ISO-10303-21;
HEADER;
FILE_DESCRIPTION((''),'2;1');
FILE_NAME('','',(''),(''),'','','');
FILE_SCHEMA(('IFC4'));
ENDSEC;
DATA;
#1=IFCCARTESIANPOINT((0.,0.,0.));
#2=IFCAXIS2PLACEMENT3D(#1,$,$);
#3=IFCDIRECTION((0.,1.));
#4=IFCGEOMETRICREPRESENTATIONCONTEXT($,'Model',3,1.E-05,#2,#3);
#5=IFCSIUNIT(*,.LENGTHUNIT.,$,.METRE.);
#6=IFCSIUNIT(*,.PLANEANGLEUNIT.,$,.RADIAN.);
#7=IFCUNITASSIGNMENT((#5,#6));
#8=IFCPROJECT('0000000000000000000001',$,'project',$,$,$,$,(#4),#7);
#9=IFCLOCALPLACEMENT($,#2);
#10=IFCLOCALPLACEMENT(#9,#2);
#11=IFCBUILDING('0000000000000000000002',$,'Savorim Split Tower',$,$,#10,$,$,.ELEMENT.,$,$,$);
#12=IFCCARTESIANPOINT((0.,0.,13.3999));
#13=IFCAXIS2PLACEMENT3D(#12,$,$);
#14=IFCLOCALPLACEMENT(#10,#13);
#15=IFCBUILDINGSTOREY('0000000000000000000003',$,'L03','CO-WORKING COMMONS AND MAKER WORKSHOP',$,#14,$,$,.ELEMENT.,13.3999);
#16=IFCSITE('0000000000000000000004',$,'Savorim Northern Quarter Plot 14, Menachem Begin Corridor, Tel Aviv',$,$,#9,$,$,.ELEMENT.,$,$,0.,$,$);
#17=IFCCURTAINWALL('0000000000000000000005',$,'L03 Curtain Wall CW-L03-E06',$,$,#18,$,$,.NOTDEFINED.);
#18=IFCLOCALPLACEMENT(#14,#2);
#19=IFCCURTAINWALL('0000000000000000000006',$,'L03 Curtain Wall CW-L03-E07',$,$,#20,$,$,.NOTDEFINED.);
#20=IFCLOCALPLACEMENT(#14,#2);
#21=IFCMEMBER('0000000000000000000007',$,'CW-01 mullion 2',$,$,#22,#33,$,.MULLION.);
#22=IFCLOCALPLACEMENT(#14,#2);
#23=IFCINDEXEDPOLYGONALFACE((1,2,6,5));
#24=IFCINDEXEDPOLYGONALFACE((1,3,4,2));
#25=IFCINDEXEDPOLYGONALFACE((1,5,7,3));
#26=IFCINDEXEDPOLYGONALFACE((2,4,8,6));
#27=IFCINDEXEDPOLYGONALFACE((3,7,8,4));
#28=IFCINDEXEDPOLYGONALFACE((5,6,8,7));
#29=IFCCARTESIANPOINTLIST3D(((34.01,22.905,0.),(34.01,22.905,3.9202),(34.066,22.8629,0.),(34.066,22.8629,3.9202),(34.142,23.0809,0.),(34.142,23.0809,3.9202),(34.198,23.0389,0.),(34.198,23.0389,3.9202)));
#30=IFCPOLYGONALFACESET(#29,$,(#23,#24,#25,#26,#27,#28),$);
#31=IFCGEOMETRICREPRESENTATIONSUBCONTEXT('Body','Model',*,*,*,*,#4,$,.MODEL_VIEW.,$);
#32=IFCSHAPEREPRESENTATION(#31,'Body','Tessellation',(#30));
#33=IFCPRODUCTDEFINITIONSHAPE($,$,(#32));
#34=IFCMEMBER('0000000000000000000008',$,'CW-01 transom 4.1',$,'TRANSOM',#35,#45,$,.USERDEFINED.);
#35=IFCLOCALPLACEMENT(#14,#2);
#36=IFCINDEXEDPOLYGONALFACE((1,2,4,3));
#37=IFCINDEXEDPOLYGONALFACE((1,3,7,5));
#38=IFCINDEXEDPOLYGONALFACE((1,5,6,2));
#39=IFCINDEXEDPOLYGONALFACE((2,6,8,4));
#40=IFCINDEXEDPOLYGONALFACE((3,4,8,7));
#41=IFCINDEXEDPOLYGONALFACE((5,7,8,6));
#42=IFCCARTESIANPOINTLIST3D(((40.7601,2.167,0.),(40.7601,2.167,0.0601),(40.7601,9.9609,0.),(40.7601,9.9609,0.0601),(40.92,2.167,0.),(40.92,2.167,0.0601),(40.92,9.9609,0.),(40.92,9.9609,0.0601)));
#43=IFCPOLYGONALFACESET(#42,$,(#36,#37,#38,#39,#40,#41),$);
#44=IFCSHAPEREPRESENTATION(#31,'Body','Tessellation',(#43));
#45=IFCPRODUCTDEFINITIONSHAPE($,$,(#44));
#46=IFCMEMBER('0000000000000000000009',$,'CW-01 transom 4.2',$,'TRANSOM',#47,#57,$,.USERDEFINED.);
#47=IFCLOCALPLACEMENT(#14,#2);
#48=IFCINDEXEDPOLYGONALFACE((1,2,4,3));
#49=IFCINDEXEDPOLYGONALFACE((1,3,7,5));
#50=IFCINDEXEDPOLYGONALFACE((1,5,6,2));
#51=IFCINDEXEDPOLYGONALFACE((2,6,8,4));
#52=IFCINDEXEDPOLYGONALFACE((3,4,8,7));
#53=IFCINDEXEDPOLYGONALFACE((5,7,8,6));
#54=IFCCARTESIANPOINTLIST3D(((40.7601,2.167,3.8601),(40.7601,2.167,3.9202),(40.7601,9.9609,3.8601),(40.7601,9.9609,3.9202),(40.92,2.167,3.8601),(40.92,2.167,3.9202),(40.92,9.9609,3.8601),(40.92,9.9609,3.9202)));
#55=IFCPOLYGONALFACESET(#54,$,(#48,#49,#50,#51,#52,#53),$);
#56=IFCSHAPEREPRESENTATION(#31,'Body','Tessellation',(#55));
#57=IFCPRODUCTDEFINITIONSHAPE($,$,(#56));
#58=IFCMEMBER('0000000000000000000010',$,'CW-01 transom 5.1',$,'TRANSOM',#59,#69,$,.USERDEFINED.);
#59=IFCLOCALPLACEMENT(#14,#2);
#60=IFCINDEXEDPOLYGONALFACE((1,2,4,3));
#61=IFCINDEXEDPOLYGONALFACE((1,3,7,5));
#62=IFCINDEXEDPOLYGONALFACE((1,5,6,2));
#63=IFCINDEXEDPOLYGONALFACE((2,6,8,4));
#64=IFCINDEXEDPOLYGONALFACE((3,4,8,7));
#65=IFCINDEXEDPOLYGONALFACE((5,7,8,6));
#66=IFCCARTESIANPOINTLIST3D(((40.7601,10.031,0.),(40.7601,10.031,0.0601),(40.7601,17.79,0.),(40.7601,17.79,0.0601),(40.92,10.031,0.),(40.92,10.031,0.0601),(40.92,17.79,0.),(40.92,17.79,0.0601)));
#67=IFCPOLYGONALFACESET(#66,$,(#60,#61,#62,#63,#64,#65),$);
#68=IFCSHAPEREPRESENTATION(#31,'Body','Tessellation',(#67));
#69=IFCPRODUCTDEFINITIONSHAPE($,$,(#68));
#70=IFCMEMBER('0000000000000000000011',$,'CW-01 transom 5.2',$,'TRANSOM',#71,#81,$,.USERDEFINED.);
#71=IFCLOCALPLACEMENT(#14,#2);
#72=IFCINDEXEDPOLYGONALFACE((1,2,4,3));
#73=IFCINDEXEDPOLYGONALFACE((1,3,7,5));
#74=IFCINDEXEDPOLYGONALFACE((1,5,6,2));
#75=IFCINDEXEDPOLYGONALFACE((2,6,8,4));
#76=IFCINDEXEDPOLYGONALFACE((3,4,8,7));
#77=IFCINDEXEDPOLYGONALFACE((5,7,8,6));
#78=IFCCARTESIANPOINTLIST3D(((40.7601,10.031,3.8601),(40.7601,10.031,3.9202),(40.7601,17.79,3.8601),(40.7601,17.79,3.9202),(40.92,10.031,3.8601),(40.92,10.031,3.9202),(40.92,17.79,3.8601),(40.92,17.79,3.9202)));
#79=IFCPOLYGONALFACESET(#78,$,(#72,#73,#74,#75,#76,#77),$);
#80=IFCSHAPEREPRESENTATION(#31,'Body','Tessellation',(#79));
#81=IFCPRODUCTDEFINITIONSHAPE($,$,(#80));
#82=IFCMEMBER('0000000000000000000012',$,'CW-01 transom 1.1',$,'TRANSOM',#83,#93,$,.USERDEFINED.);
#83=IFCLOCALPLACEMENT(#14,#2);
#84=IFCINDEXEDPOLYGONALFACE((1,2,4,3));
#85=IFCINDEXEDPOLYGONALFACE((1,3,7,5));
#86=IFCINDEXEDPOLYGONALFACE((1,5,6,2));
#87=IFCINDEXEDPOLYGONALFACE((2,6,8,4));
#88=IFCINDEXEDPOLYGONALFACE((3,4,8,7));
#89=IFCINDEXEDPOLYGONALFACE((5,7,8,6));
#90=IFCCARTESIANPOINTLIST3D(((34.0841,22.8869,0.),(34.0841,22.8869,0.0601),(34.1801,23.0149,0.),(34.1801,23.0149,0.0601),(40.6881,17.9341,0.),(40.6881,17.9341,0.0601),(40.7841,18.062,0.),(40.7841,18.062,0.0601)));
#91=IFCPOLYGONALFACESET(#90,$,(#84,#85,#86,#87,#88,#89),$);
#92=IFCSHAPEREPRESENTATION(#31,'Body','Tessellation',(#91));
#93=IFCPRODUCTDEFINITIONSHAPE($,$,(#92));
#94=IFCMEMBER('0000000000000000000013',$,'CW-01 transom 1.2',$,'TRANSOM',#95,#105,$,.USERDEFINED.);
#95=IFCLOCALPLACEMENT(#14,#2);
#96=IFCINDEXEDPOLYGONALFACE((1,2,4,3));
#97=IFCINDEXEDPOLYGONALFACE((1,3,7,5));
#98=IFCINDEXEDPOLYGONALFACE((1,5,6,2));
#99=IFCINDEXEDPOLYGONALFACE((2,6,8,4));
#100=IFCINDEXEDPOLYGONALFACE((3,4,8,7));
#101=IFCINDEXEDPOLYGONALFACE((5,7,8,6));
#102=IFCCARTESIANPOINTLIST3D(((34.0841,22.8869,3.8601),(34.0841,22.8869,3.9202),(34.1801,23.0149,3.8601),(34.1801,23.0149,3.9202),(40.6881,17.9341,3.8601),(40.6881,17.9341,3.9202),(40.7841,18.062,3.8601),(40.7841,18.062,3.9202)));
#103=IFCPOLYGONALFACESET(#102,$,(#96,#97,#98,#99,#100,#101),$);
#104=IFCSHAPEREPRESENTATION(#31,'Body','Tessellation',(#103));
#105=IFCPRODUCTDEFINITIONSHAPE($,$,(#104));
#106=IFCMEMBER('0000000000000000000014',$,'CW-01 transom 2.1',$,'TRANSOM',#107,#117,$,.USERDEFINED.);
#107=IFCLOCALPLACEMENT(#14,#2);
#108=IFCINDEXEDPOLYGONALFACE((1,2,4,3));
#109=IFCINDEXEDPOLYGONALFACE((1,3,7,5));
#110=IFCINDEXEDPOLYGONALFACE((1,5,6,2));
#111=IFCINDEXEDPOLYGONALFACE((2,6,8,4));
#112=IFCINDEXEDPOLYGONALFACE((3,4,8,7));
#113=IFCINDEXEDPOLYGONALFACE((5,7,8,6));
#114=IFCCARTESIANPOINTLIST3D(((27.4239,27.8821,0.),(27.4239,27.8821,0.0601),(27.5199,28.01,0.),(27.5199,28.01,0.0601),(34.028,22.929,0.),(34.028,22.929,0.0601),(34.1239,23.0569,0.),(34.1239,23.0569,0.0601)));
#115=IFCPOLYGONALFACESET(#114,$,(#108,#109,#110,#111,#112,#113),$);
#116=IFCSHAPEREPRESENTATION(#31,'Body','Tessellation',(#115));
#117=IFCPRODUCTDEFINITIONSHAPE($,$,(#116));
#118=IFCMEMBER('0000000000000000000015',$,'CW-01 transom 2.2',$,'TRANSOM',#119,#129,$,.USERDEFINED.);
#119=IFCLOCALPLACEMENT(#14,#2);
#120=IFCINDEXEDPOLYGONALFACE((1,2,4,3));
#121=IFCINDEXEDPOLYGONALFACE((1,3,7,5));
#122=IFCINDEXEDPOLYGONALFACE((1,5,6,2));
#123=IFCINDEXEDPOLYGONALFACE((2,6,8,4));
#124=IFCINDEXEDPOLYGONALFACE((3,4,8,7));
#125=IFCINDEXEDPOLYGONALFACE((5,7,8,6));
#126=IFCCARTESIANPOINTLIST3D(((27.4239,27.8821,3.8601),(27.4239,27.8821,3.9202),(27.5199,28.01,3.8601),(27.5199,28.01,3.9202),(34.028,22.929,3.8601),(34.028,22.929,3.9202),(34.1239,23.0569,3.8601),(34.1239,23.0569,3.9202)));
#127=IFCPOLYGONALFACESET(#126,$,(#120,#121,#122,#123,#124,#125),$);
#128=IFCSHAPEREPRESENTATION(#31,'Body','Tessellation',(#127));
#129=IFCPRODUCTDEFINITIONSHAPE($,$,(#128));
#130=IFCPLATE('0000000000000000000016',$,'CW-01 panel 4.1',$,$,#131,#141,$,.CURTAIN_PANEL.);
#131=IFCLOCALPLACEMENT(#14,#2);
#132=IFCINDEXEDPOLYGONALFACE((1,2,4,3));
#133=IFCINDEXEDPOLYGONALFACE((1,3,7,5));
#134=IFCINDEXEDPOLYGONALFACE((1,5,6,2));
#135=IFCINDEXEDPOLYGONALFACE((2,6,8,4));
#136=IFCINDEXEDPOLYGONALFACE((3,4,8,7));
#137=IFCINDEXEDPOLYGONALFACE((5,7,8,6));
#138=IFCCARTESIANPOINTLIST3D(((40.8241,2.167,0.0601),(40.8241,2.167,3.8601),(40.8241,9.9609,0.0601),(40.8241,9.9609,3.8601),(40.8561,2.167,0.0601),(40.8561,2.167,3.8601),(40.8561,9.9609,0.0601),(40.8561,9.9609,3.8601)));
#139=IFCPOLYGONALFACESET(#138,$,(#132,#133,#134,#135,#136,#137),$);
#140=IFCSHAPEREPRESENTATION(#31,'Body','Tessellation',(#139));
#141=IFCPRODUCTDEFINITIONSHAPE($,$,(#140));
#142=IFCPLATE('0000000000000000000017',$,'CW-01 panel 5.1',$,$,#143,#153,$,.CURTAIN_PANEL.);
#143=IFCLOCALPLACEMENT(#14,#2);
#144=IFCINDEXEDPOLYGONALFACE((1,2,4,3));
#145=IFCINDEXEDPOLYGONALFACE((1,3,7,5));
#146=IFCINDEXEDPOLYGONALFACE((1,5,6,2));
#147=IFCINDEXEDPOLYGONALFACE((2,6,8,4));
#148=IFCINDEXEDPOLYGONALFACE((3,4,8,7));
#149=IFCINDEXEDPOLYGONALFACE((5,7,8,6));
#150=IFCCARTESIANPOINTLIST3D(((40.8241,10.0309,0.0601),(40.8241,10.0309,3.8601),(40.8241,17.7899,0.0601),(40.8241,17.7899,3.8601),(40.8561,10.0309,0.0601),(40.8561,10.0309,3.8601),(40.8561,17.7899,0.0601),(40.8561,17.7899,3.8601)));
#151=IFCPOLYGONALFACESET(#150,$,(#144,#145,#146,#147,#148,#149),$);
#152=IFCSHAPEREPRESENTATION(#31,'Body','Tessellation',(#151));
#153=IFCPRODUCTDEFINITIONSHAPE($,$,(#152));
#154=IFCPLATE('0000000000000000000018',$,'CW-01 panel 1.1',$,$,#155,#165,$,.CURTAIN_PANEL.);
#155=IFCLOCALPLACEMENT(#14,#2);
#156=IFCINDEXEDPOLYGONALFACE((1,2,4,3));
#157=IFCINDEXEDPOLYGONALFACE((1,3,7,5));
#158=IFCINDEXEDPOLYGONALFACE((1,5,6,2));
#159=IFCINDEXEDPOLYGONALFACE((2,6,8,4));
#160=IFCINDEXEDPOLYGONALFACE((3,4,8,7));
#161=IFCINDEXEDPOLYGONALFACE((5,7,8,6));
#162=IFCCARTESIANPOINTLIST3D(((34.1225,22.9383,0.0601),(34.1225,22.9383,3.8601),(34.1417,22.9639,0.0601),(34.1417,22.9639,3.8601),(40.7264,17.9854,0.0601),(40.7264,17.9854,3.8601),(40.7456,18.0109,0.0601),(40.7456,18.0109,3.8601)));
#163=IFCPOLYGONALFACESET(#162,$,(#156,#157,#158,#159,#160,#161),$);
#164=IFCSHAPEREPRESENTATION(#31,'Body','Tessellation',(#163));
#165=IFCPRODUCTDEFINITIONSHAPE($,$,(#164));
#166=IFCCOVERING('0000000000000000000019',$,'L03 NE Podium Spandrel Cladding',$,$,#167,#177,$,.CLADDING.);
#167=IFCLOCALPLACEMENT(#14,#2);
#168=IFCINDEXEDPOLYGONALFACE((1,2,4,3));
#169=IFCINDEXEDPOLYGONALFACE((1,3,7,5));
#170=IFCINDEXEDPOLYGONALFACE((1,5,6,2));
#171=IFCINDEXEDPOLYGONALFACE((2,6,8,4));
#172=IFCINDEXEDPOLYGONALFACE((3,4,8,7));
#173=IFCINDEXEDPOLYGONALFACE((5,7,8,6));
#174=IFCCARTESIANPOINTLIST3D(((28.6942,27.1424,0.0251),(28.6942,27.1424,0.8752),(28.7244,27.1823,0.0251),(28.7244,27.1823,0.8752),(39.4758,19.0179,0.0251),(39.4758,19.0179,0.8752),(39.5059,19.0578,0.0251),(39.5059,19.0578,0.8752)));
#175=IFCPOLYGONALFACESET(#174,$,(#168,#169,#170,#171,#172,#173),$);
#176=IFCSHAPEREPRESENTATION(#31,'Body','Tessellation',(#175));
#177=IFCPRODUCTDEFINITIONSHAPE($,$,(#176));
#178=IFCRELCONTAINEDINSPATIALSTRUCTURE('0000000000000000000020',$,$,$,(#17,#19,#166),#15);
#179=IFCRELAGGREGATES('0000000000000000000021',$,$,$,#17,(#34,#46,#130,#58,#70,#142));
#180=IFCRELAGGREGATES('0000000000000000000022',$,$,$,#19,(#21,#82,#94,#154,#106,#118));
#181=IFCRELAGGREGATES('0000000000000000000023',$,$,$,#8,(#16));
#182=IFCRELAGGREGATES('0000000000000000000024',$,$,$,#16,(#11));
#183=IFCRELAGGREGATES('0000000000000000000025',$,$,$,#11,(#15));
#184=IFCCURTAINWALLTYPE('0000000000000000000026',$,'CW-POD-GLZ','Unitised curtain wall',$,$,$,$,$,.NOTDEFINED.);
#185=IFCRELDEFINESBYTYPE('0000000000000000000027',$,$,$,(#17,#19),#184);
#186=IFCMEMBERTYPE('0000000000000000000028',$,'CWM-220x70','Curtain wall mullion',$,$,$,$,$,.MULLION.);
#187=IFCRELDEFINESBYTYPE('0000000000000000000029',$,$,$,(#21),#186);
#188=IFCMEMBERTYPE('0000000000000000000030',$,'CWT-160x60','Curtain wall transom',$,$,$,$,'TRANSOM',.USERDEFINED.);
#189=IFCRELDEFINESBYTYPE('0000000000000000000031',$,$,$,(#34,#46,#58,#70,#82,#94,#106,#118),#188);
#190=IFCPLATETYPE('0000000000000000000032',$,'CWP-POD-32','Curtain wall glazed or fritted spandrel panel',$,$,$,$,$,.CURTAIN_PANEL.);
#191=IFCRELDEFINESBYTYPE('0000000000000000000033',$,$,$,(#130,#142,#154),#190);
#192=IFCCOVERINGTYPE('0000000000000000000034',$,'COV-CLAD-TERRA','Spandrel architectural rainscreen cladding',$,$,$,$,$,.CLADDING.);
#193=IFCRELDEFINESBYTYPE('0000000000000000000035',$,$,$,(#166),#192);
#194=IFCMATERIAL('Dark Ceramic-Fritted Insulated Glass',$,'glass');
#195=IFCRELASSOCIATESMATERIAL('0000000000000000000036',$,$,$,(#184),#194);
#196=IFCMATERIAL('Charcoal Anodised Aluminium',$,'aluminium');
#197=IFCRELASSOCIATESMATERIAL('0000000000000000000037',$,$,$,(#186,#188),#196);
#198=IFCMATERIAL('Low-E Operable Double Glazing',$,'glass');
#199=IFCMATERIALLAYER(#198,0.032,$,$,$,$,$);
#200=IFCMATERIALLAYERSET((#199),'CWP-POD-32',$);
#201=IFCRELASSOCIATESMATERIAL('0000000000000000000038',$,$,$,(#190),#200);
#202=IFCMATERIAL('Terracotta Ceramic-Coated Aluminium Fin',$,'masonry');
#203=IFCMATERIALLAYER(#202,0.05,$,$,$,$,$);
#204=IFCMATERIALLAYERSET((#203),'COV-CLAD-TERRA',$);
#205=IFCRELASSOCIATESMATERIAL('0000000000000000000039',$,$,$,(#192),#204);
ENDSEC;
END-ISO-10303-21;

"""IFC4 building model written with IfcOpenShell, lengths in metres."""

from ifc_helpers import new_model, si_unit, direction, frame, origin, origin_2d, place, context, subcontext, project, spatial, rectangle, extrude, material, layer, layer_set, material_profile, profile_set, type_object, element, aggregate, save


model = new_model("IFC4")

# Units and contexts
model_context = context("Model", 3, precision=1e-05, world=origin(), true_north=direction((0.0, 1.0)))
body_context = subcontext(model_context, "Body", "Model", "MODEL_VIEW")
ifc_project = project(units=[si_unit("LENGTHUNIT", "METRE"), si_unit("PLANEANGLEUNIT", "RADIAN")], contexts=[model_context])

# Site, building, storey
site_placement = place(None, origin())
site = spatial("IfcSite", under=ifc_project, at=site_placement, Name="Savorim Northern Quarter Plot 14, Menachem Begin Corridor, Tel Aviv", CompositionType="ELEMENT", RefElevation=0.0)
building_placement = place(site_placement, origin())
building = spatial("IfcBuilding", under=site, at=building_placement, Name="Savorim Split Tower", CompositionType="ELEMENT")
storey_placement = place(building_placement, frame((0.0, 0.0, 13.3999)))
storey = spatial("IfcBuildingStorey", under=building, at=storey_placement, Name="L03", Description="CO-WORKING COMMONS AND MAKER WORKSHOP", CompositionType="ELEMENT", Elevation=13.3999)

# Curtain walls, member
ifc_material_1 = material(Name="Dark Ceramic-Fritted Insulated Glass", Category="glass")
curtain_wall_type = type_object("IfcCurtainWallType", Name="CW-POD-GLZ", Description="Unitised curtain wall", PredefinedType="NOTDEFINED", material=ifc_material_1)
curtain_wall_1_placement = place(storey_placement, origin())
curtain_wall_1 = element("IfcCurtainWall", 1, at=curtain_wall_1_placement, inside=storey, type_object=curtain_wall_type, Name="L03 Curtain Wall CW-L03-E06", PredefinedType="NOTDEFINED")
ifc_material_2 = material(Name="Charcoal Anodised Aluminium", Category="aluminium")
ifc_material_profile_1 = material_profile(ifc_material_2, rectangle(XDim=0.22, YDim=0.0701, at=origin_2d()), Name="ALU-M 220x70")
ifc_profile_set_1 = profile_set([ifc_material_profile_1], Name="Charcoal Anodised Aluminium")
member_type_1 = type_object("IfcMemberType", Name="CWM-220x70", Description="Curtain wall mullion", PredefinedType="MULLION", material=ifc_profile_set_1)
curtain_wall_2_placement = place(storey_placement, origin())
curtain_wall_2 = element("IfcCurtainWall", 2, at=curtain_wall_2_placement, inside=storey, type_object=curtain_wall_type, Name="L03 Curtain Wall CW-L03-E07", PredefinedType="NOTDEFINED")
member_1_placement = place(storey_placement, frame((34.104, 22.9719, 0.0), z_axis=(0.0, 0.0, 1.0), x_axis=(-0.6, -0.8, 0.0)))
member_1 = element("IfcMember", 3, at=member_1_placement, type_object=member_type_1, Name="CW-01 mullion 2", PredefinedType="MULLION", context=body_context, shape_type="SweptSolid", body=[
    extrude(rectangle(XDim=0.22, YDim=0.0701, at=origin_2d()), origin(), (0.0, 0.0, 1.0), 3.9202),
])

# Members
ifc_material_profile_2 = material_profile(ifc_material_2, rectangle(XDim=0.1599, YDim=0.0601, at=origin_2d()), Name="ALU-T 160x60")
ifc_profile_set_2 = profile_set([ifc_material_profile_2], Name="Charcoal Anodised Aluminium")
member_type_2 = type_object("IfcMemberType", Name="CWT-160x60", Description="Curtain wall transom", ElementType="TRANSOM", PredefinedType="USERDEFINED", material=ifc_profile_set_2)
member_2_placement = place(storey_placement, frame((40.8401, 2.167, 0.03), z_axis=(0.0, 1.0, 0.0), x_axis=(-1.0, 0.0, 0.0)))
member_2 = element("IfcMember", 4, at=member_2_placement, type_object=member_type_2, Name="CW-01 transom 4.1", ObjectType="TRANSOM", PredefinedType="USERDEFINED", context=body_context, shape_type="SweptSolid", body=[
    extrude(rectangle(XDim=0.1599, YDim=0.0601, at=origin_2d()), origin(), (0.0, 0.0, 1.0), 7.7939),
])
member_3_placement = place(storey_placement, frame((40.8401, 2.167, 3.8901), z_axis=(0.0, 1.0, 0.0), x_axis=(-1.0, 0.0, 0.0)))
member_3 = element("IfcMember", 5, at=member_3_placement, type_object=member_type_2, Name="CW-01 transom 4.2", ObjectType="TRANSOM", PredefinedType="USERDEFINED", context=body_context, shape_type="SweptSolid", body=[
    extrude(rectangle(XDim=0.1599, YDim=0.0601, at=origin_2d()), origin(), (0.0, 0.0, 1.0), 7.7939),
])
member_4_placement = place(storey_placement, frame((40.8401, 10.031, 0.03), z_axis=(0.0, 1.0, 0.0), x_axis=(-1.0, 0.0, 0.0)))
member_4 = element("IfcMember", 6, at=member_4_placement, type_object=member_type_2, Name="CW-01 transom 5.1", ObjectType="TRANSOM", PredefinedType="USERDEFINED", context=body_context, shape_type="SweptSolid", body=[
    extrude(rectangle(XDim=0.1599, YDim=0.0601, at=origin_2d()), origin(), (0.0, 0.0, 1.0), 7.759),
])
member_5_placement = place(storey_placement, frame((40.8401, 10.031, 3.8901), z_axis=(0.0, 1.0, 0.0), x_axis=(-1.0, 0.0, 0.0)))
member_5 = element("IfcMember", 7, at=member_5_placement, type_object=member_type_2, Name="CW-01 transom 5.2", ObjectType="TRANSOM", PredefinedType="USERDEFINED", context=body_context, shape_type="SweptSolid", body=[
    extrude(rectangle(XDim=0.1599, YDim=0.0601, at=origin_2d()), origin(), (0.0, 0.0, 1.0), 7.759),
])
member_6_placement = place(storey_placement, frame((40.7361, 17.998, 0.03), z_axis=(-0.800007, 0.599991, 0.0), x_axis=(-0.599991, -0.800007, 0.0)))
member_6 = element("IfcMember", 8, at=member_6_placement, type_object=member_type_2, Name="CW-01 transom 1.1", ObjectType="TRANSOM", PredefinedType="USERDEFINED", context=body_context, shape_type="SweptSolid", body=[
    extrude(rectangle(XDim=0.1599, YDim=0.0601, at=origin_2d()), origin(), (0.0, 0.0, 1.0), 8.2549),
])
member_7_placement = place(storey_placement, frame((40.7361, 17.998, 3.8901), z_axis=(-0.800007, 0.599991, 0.0), x_axis=(-0.599991, -0.800007, 0.0)))
member_7 = element("IfcMember", 9, at=member_7_placement, type_object=member_type_2, Name="CW-01 transom 1.2", ObjectType="TRANSOM", PredefinedType="USERDEFINED", context=body_context, shape_type="SweptSolid", body=[
    extrude(rectangle(XDim=0.1599, YDim=0.0601, at=origin_2d()), origin(), (0.0, 0.0, 1.0), 8.2549),
])
member_8_placement = place(storey_placement, frame((34.0759, 22.9929, 0.03), z_axis=(-0.799993, 0.600009, 0.0), x_axis=(-0.600009, -0.799993, 0.0)))
member_8 = element("IfcMember", 10, at=member_8_placement, type_object=member_type_2, Name="CW-01 transom 2.1", ObjectType="TRANSOM", PredefinedType="USERDEFINED", context=body_context, shape_type="SweptSolid", body=[
    extrude(rectangle(XDim=0.1599, YDim=0.0601, at=origin_2d()), origin(), (0.0, 0.0, 1.0), 8.2551),
])
member_9_placement = place(storey_placement, frame((34.0759, 22.9929, 3.8901), z_axis=(-0.799993, 0.600009, 0.0), x_axis=(-0.600009, -0.799993, 0.0)))
member_9 = element("IfcMember", 11, at=member_9_placement, type_object=member_type_2, Name="CW-01 transom 2.2", ObjectType="TRANSOM", PredefinedType="USERDEFINED", context=body_context, shape_type="SweptSolid", body=[
    extrude(rectangle(XDim=0.1599, YDim=0.0601, at=origin_2d()), origin(), (0.0, 0.0, 1.0), 8.2551),
])

# Plates
ifc_material_3 = material(Name="Low-E Operable Double Glazing", Category="glass")
ifc_layer_1 = layer(ifc_material_3, 0.032)
ifc_layer_set_1 = layer_set([ifc_layer_1], Name="CWP-POD-32")
plate_type = type_object("IfcPlateType", Name="CWP-POD-32", Description="Curtain wall glazed or fritted spandrel panel", PredefinedType="CURTAIN_PANEL", material=ifc_layer_set_1)
plate_1_placement = place(storey_placement, frame((40.8401, 6.064, 0.0601), z_axis=(0.0, 0.0, 1.0), x_axis=(0.0, 1.0, 0.0)))
plate_1 = element("IfcPlate", 12, at=plate_1_placement, type_object=plate_type, Name="CW-01 panel 4.1", PredefinedType="CURTAIN_PANEL", context=body_context, shape_type="SweptSolid", body=[
    extrude(rectangle(XDim=7.7939, YDim=0.032, at=origin_2d()), origin(), (0.0, 0.0, 1.0), 3.8),
])
plate_2_placement = place(storey_placement, frame((40.8401, 13.9104, 0.0601), z_axis=(0.0, 0.0, 1.0), x_axis=(0.0, 1.0, 0.0)))
plate_2 = element("IfcPlate", 13, at=plate_2_placement, type_object=plate_type, Name="CW-01 panel 5.1", PredefinedType="CURTAIN_PANEL", context=body_context, shape_type="SweptSolid", body=[
    extrude(rectangle(XDim=7.759, YDim=0.032, at=origin_2d()), origin(), (0.0, 0.0, 1.0), 3.8),
])
aggregate(curtain_wall_1, [member_2, member_3, plate_1, member_4, member_5, plate_2])
plate_3_placement = place(storey_placement, frame((37.4341, 20.4746, 0.0601), z_axis=(0.0, 0.0, 1.0), x_axis=(-0.8, 0.6, 0.0)))
plate_3 = element("IfcPlate", 14, at=plate_3_placement, type_object=plate_type, Name="CW-01 panel 1.1", PredefinedType="CURTAIN_PANEL", context=body_context, shape_type="SweptSolid", body=[
    extrude(rectangle(XDim=8.2549, YDim=0.032, at=origin_2d()), origin(), (0.0, 0.0, 1.0), 3.8),
])
aggregate(curtain_wall_2, [member_1, member_6, member_7, plate_3, member_8, member_9])

# Covering
ifc_material_4 = material(Name="Terracotta Ceramic-Coated Aluminium Fin", Category="masonry")
ifc_layer_2 = layer(ifc_material_4, 0.05)
ifc_layer_set_2 = layer_set([ifc_layer_2], Name="COV-CLAD-TERRA")
covering_type = type_object("IfcCoveringType", Name="COV-CLAD-TERRA", Description="Spandrel architectural rainscreen cladding", PredefinedType="CLADDING", material=ifc_layer_set_2)
covering_placement = place(storey_placement, frame((34.1001, 23.1001, 0.0251), z_axis=(0.0, 0.0, 1.0), x_axis=(-0.798636, 0.601815, 0.0)))
element("IfcCovering", 15, at=covering_placement, inside=storey, type_object=covering_type, Name="L03 NE Podium Spandrel Cladding", PredefinedType="CLADDING", context=body_context, shape_type="SweptSolid", body=[
    extrude(rectangle(XDim=13.5, YDim=0.05, at=origin_2d()), origin(), (0.0, 0.0, 1.0), 0.8501),
])

save(model, "model.ifc")
